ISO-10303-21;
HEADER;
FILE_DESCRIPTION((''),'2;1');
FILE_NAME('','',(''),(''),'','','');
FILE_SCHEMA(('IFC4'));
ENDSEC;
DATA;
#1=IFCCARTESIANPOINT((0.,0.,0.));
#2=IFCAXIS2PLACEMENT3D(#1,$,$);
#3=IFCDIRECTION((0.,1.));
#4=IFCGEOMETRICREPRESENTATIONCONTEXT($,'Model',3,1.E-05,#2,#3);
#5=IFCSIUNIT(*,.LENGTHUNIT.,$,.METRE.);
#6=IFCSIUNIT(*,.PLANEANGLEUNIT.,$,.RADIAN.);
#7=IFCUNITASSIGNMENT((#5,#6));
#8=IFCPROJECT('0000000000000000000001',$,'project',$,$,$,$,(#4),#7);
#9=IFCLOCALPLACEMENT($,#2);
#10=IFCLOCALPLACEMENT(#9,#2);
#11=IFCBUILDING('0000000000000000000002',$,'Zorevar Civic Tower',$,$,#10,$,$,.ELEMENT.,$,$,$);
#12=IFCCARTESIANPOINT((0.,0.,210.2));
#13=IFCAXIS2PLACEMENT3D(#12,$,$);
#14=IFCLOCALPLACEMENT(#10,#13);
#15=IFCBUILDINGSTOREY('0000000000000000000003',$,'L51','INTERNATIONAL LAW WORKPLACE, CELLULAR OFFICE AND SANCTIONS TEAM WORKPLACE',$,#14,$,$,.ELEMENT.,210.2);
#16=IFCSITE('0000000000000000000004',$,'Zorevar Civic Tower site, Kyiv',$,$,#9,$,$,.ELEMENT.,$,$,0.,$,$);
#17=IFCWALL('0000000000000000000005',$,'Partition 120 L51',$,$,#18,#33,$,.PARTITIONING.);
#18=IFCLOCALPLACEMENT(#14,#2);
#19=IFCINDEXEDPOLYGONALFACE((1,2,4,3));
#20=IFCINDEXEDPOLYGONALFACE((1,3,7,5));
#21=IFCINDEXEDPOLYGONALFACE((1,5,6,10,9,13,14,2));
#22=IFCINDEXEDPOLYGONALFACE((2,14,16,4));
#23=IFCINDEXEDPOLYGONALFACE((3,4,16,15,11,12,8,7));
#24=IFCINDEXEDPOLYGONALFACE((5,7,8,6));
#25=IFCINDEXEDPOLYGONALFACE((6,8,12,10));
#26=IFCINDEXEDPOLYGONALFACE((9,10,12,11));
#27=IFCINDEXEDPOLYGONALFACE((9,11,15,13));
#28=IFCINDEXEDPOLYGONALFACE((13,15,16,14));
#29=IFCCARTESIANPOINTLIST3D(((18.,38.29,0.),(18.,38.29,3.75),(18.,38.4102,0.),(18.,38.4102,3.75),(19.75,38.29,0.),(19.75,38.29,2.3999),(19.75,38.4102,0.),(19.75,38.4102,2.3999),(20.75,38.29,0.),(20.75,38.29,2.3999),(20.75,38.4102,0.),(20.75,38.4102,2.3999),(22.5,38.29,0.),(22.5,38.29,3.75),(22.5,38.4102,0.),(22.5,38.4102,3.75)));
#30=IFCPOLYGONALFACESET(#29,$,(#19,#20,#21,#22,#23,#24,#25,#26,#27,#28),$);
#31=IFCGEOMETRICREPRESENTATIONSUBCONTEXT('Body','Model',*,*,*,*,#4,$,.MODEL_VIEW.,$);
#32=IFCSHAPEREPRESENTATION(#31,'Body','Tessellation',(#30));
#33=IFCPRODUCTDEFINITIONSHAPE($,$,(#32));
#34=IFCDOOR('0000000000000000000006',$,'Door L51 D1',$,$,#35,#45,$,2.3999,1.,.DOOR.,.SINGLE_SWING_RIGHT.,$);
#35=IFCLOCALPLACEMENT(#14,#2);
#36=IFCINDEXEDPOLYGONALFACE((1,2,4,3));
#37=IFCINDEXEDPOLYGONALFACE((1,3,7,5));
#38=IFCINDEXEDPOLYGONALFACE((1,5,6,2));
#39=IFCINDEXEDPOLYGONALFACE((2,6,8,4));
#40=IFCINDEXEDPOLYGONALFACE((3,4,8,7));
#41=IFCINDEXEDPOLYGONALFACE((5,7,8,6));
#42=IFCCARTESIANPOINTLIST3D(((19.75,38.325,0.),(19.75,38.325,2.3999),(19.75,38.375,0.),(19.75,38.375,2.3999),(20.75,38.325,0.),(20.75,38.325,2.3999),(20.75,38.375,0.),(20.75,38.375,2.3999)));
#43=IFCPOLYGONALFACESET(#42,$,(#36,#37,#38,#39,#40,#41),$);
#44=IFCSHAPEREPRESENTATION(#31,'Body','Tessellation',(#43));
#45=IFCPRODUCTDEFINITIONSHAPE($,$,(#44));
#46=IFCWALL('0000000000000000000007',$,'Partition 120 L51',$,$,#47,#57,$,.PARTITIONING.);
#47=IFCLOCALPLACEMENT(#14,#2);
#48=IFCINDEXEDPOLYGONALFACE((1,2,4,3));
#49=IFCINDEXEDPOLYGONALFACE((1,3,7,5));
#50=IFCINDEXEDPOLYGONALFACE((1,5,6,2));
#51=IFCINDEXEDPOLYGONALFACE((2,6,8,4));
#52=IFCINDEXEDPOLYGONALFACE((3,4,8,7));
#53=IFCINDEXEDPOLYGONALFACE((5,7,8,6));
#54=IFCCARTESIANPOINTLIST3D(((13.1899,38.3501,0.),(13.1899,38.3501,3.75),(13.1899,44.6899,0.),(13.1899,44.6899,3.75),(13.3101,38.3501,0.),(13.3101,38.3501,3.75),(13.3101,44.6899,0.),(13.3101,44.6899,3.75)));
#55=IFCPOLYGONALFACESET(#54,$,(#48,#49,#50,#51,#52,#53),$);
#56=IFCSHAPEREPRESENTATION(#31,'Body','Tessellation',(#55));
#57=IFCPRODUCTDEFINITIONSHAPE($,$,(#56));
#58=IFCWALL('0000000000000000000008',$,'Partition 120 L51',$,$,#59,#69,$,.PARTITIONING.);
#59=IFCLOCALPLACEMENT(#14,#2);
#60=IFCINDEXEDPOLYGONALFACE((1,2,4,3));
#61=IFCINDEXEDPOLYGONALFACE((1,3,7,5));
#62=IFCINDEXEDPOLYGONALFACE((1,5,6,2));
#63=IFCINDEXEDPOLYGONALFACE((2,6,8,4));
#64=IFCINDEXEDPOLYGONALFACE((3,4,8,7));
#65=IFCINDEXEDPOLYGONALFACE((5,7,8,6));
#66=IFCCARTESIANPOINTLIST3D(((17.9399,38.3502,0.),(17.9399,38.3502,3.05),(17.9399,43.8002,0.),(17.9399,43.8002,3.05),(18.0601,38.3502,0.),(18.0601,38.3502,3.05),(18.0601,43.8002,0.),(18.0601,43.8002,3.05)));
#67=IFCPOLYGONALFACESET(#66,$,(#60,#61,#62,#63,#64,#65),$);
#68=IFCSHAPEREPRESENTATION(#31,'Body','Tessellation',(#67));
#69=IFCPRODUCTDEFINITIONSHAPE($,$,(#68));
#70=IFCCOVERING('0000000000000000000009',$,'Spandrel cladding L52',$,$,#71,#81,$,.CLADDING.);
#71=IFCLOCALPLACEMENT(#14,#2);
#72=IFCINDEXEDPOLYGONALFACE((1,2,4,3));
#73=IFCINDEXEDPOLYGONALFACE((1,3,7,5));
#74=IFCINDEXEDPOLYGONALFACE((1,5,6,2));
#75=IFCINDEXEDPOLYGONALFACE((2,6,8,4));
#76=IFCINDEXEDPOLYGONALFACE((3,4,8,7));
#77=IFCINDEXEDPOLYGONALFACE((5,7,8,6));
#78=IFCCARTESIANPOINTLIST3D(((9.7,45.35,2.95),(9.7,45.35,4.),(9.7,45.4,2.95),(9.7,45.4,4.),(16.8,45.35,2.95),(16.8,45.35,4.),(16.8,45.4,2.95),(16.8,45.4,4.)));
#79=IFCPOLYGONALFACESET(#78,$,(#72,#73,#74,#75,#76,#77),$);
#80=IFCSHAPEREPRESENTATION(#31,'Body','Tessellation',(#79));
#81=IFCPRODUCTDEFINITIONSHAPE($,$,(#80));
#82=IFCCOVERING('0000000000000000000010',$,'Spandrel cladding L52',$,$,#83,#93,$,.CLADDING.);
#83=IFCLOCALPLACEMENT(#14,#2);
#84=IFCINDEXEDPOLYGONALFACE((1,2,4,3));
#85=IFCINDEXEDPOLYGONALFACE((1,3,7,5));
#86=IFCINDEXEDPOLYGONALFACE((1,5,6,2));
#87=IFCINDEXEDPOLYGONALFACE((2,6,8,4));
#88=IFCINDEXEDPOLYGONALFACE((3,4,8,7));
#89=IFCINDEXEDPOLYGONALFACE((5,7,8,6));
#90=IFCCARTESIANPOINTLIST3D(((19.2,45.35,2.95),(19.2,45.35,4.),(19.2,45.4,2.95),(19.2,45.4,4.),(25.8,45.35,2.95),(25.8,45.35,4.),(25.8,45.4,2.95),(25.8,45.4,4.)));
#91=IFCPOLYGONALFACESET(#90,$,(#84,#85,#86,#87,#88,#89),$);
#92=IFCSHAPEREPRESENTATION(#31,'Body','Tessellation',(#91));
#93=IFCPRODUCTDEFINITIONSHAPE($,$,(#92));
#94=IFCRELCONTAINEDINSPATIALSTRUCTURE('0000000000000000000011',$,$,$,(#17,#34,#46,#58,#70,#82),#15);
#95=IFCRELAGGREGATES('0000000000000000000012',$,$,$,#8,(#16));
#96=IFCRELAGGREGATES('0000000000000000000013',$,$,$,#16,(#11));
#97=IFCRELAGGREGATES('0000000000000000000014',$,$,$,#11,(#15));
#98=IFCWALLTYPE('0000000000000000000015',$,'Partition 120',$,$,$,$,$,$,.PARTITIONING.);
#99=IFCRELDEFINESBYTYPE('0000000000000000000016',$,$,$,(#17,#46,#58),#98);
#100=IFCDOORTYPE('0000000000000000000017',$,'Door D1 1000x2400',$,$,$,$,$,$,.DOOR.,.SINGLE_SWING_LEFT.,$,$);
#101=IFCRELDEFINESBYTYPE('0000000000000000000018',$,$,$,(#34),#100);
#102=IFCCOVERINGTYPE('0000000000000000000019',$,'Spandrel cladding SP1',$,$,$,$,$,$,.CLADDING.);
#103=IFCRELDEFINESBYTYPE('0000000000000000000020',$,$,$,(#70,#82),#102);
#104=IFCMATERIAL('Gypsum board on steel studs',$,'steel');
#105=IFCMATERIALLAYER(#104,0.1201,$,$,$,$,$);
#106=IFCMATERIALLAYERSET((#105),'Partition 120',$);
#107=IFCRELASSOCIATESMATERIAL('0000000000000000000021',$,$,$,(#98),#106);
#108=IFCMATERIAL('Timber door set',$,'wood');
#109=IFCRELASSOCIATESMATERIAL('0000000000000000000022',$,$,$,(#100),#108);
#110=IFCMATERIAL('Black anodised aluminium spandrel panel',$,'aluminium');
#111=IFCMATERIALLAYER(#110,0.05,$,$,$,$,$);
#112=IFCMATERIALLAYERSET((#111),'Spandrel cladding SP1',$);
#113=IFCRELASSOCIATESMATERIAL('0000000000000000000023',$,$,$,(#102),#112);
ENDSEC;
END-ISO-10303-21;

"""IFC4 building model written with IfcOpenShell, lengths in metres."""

from ifc_helpers import new_model, si_unit, direction, frame, frame_2d, origin, place, context, subcontext, project, spatial, rectangle, extrude, material, layer, layer_set, type_object, element, fill, save


model = new_model("IFC4")

# Units and contexts
model_context = context("Model", 3, precision=1e-05, world=origin(), true_north=direction((0.0, 1.0)))
body_context = subcontext(model_context, "Body", "Model", "MODEL_VIEW")
ifc_project = project(units=[si_unit("LENGTHUNIT", "METRE"), si_unit("PLANEANGLEUNIT", "RADIAN")], contexts=[model_context])

# Site, building, storey
site_placement = place(None, origin())
site = spatial("IfcSite", under=ifc_project, at=site_placement, Name="Zorevar Civic Tower site, Kyiv", CompositionType="ELEMENT", RefElevation=0.0)
building_placement = place(site_placement, origin())
building = spatial("IfcBuilding", under=site, at=building_placement, Name="Zorevar Civic Tower", CompositionType="ELEMENT")
storey_placement = place(building_placement, frame((0.0, 0.0, 210.2)))
storey = spatial("IfcBuildingStorey", under=building, at=storey_placement, Name="L51", Description="INTERNATIONAL LAW WORKPLACE, CELLULAR OFFICE AND SANCTIONS TEAM WORKPLACE", CompositionType="ELEMENT", Elevation=210.2)

# Wall, opening, door
ifc_material_1 = material(Name="Gypsum board on steel studs", Category="steel")
ifc_layer_1 = layer(ifc_material_1, 0.1201)
ifc_layer_set_1 = layer_set([ifc_layer_1], Name="Partition 120")
wall_type_1 = type_object("IfcWallType", Name="Partition 120", PredefinedType="PARTITIONING", material=ifc_layer_set_1)
ifc_material_2 = material(Name="Timber door set", Category="wood")
door_type_1 = type_object("IfcDoorType", Name="Door D1 1000x2400", OperationType="SINGLE_SWING_LEFT", PredefinedType="DOOR", material=ifc_material_2)
wall_1_placement = place(storey_placement, frame((18.0, 38.3501, 0.0), z_axis=(0.0, 0.0, 1.0), x_axis=(1.0, 0.0, 0.0)))
wall_1 = element("IfcWall", 1, at=wall_1_placement, inside=storey, type_object=wall_type_1, Name="Partition 120 L51", PredefinedType="PARTITIONING", context=body_context, shape_type="SweptSolid", body=[
    extrude(rectangle(XDim=4.5, YDim=0.1201, at=frame_2d((2.25, 0.0))), origin(), (0.0, 0.0, 1.0), 3.75),
])
opening_1_placement = place(wall_1_placement, frame((1.75, 0.0, 0.0)))
opening_1 = element("IfcOpeningElement", 2, at=opening_1_placement, cuts=wall_1, PredefinedType="OPENING", context=body_context, shape_type="SweptSolid", body=[
    extrude(rectangle(XDim=1.0, YDim=2.3999, at=frame_2d((0.5, 1.2))), frame((0.0, 0.0701, 0.0), z_axis=(0.0, -1.0, 0.0), x_axis=(1.0, 0.0, 0.0)), (0.0, 0.0, 1.0), 0.1401),
])
door_1_placement = place(opening_1_placement, origin())
door_1 = element("IfcDoor", 3, at=door_1_placement, inside=storey, type_object=door_type_1, Name="Door L51 D1", OperationType="SINGLE_SWING_RIGHT", OverallHeight=2.3999, OverallWidth=1.0, PredefinedType="DOOR", context=body_context, shape_type="SweptSolid", body=[
    extrude(rectangle(XDim=1.0, YDim=2.3999, at=frame_2d((0.5, 1.2))), frame((0.0, 0.0249, 0.0), z_axis=(0.0, -1.0, 0.0), x_axis=(1.0, 0.0, 0.0)), (0.0, 0.0, 1.0), 0.05),
])
fill(opening_1, door_1)

# Walls
wall_2_placement = place(storey_placement, frame((13.25, 38.3501, 0.0), z_axis=(0.0, 0.0, 1.0), x_axis=(0.0, 1.0, 0.0)))
element("IfcWall", 4, at=wall_2_placement, inside=storey, type_object=wall_type_1, Name="Partition 120 L51", PredefinedType="PARTITIONING", context=body_context, shape_type="SweptSolid", body=[
    extrude(rectangle(XDim=6.3398, YDim=0.1201, at=frame_2d((3.1699, 0.0))), origin(), (0.0, 0.0, 1.0), 3.75),
])
wall_3_placement = place(storey_placement, frame((18.0, 38.3501, 0.0), z_axis=(0.0, 0.0, 1.0), x_axis=(0.0, 1.0, 0.0)))
element("IfcWall", 5, at=wall_3_placement, inside=storey, type_object=wall_type_1, Name="Partition 120 L51", PredefinedType="PARTITIONING", context=body_context, shape_type="SweptSolid", body=[
    extrude(rectangle(XDim=5.45, YDim=0.1201, at=frame_2d((2.7251, 0.0))), origin(), (0.0, 0.0, 1.0), 3.05),
])

# Coverings
ifc_material_3 = material(Name="Black anodised aluminium spandrel panel", Category="aluminium")
ifc_layer_2 = layer(ifc_material_3, 0.05)
ifc_layer_set_2 = layer_set([ifc_layer_2], Name="Spandrel cladding SP1")
covering_type = type_object("IfcCoveringType", Name="Spandrel cladding SP1", PredefinedType="CLADDING", material=ifc_layer_set_2)
covering_1_placement = place(storey_placement, frame((9.7, 45.375, 2.95), z_axis=(0.0, 0.0, 1.0), x_axis=(1.0, 0.0, 0.0)))
element("IfcCovering", 6, at=covering_1_placement, inside=storey, type_object=covering_type, Name="Spandrel cladding L52", PredefinedType="CLADDING", context=body_context, shape_type="SweptSolid", body=[
    extrude(rectangle(XDim=7.1001, YDim=0.05, at=frame_2d((3.55, 0.0))), origin(), (0.0, 0.0, 1.0), 1.05),
])
covering_2_placement = place(storey_placement, frame((19.2, 45.375, 2.95), z_axis=(0.0, 0.0, 1.0), x_axis=(1.0, 0.0, 0.0)))
element("IfcCovering", 7, at=covering_2_placement, inside=storey, type_object=covering_type, Name="Spandrel cladding L52", PredefinedType="CLADDING", context=body_context, shape_type="SweptSolid", body=[
    extrude(rectangle(XDim=6.6001, YDim=0.05, at=frame_2d((3.3, 0.0))), origin(), (0.0, 0.0, 1.0), 1.05),
])

save(model, "model.ifc")
